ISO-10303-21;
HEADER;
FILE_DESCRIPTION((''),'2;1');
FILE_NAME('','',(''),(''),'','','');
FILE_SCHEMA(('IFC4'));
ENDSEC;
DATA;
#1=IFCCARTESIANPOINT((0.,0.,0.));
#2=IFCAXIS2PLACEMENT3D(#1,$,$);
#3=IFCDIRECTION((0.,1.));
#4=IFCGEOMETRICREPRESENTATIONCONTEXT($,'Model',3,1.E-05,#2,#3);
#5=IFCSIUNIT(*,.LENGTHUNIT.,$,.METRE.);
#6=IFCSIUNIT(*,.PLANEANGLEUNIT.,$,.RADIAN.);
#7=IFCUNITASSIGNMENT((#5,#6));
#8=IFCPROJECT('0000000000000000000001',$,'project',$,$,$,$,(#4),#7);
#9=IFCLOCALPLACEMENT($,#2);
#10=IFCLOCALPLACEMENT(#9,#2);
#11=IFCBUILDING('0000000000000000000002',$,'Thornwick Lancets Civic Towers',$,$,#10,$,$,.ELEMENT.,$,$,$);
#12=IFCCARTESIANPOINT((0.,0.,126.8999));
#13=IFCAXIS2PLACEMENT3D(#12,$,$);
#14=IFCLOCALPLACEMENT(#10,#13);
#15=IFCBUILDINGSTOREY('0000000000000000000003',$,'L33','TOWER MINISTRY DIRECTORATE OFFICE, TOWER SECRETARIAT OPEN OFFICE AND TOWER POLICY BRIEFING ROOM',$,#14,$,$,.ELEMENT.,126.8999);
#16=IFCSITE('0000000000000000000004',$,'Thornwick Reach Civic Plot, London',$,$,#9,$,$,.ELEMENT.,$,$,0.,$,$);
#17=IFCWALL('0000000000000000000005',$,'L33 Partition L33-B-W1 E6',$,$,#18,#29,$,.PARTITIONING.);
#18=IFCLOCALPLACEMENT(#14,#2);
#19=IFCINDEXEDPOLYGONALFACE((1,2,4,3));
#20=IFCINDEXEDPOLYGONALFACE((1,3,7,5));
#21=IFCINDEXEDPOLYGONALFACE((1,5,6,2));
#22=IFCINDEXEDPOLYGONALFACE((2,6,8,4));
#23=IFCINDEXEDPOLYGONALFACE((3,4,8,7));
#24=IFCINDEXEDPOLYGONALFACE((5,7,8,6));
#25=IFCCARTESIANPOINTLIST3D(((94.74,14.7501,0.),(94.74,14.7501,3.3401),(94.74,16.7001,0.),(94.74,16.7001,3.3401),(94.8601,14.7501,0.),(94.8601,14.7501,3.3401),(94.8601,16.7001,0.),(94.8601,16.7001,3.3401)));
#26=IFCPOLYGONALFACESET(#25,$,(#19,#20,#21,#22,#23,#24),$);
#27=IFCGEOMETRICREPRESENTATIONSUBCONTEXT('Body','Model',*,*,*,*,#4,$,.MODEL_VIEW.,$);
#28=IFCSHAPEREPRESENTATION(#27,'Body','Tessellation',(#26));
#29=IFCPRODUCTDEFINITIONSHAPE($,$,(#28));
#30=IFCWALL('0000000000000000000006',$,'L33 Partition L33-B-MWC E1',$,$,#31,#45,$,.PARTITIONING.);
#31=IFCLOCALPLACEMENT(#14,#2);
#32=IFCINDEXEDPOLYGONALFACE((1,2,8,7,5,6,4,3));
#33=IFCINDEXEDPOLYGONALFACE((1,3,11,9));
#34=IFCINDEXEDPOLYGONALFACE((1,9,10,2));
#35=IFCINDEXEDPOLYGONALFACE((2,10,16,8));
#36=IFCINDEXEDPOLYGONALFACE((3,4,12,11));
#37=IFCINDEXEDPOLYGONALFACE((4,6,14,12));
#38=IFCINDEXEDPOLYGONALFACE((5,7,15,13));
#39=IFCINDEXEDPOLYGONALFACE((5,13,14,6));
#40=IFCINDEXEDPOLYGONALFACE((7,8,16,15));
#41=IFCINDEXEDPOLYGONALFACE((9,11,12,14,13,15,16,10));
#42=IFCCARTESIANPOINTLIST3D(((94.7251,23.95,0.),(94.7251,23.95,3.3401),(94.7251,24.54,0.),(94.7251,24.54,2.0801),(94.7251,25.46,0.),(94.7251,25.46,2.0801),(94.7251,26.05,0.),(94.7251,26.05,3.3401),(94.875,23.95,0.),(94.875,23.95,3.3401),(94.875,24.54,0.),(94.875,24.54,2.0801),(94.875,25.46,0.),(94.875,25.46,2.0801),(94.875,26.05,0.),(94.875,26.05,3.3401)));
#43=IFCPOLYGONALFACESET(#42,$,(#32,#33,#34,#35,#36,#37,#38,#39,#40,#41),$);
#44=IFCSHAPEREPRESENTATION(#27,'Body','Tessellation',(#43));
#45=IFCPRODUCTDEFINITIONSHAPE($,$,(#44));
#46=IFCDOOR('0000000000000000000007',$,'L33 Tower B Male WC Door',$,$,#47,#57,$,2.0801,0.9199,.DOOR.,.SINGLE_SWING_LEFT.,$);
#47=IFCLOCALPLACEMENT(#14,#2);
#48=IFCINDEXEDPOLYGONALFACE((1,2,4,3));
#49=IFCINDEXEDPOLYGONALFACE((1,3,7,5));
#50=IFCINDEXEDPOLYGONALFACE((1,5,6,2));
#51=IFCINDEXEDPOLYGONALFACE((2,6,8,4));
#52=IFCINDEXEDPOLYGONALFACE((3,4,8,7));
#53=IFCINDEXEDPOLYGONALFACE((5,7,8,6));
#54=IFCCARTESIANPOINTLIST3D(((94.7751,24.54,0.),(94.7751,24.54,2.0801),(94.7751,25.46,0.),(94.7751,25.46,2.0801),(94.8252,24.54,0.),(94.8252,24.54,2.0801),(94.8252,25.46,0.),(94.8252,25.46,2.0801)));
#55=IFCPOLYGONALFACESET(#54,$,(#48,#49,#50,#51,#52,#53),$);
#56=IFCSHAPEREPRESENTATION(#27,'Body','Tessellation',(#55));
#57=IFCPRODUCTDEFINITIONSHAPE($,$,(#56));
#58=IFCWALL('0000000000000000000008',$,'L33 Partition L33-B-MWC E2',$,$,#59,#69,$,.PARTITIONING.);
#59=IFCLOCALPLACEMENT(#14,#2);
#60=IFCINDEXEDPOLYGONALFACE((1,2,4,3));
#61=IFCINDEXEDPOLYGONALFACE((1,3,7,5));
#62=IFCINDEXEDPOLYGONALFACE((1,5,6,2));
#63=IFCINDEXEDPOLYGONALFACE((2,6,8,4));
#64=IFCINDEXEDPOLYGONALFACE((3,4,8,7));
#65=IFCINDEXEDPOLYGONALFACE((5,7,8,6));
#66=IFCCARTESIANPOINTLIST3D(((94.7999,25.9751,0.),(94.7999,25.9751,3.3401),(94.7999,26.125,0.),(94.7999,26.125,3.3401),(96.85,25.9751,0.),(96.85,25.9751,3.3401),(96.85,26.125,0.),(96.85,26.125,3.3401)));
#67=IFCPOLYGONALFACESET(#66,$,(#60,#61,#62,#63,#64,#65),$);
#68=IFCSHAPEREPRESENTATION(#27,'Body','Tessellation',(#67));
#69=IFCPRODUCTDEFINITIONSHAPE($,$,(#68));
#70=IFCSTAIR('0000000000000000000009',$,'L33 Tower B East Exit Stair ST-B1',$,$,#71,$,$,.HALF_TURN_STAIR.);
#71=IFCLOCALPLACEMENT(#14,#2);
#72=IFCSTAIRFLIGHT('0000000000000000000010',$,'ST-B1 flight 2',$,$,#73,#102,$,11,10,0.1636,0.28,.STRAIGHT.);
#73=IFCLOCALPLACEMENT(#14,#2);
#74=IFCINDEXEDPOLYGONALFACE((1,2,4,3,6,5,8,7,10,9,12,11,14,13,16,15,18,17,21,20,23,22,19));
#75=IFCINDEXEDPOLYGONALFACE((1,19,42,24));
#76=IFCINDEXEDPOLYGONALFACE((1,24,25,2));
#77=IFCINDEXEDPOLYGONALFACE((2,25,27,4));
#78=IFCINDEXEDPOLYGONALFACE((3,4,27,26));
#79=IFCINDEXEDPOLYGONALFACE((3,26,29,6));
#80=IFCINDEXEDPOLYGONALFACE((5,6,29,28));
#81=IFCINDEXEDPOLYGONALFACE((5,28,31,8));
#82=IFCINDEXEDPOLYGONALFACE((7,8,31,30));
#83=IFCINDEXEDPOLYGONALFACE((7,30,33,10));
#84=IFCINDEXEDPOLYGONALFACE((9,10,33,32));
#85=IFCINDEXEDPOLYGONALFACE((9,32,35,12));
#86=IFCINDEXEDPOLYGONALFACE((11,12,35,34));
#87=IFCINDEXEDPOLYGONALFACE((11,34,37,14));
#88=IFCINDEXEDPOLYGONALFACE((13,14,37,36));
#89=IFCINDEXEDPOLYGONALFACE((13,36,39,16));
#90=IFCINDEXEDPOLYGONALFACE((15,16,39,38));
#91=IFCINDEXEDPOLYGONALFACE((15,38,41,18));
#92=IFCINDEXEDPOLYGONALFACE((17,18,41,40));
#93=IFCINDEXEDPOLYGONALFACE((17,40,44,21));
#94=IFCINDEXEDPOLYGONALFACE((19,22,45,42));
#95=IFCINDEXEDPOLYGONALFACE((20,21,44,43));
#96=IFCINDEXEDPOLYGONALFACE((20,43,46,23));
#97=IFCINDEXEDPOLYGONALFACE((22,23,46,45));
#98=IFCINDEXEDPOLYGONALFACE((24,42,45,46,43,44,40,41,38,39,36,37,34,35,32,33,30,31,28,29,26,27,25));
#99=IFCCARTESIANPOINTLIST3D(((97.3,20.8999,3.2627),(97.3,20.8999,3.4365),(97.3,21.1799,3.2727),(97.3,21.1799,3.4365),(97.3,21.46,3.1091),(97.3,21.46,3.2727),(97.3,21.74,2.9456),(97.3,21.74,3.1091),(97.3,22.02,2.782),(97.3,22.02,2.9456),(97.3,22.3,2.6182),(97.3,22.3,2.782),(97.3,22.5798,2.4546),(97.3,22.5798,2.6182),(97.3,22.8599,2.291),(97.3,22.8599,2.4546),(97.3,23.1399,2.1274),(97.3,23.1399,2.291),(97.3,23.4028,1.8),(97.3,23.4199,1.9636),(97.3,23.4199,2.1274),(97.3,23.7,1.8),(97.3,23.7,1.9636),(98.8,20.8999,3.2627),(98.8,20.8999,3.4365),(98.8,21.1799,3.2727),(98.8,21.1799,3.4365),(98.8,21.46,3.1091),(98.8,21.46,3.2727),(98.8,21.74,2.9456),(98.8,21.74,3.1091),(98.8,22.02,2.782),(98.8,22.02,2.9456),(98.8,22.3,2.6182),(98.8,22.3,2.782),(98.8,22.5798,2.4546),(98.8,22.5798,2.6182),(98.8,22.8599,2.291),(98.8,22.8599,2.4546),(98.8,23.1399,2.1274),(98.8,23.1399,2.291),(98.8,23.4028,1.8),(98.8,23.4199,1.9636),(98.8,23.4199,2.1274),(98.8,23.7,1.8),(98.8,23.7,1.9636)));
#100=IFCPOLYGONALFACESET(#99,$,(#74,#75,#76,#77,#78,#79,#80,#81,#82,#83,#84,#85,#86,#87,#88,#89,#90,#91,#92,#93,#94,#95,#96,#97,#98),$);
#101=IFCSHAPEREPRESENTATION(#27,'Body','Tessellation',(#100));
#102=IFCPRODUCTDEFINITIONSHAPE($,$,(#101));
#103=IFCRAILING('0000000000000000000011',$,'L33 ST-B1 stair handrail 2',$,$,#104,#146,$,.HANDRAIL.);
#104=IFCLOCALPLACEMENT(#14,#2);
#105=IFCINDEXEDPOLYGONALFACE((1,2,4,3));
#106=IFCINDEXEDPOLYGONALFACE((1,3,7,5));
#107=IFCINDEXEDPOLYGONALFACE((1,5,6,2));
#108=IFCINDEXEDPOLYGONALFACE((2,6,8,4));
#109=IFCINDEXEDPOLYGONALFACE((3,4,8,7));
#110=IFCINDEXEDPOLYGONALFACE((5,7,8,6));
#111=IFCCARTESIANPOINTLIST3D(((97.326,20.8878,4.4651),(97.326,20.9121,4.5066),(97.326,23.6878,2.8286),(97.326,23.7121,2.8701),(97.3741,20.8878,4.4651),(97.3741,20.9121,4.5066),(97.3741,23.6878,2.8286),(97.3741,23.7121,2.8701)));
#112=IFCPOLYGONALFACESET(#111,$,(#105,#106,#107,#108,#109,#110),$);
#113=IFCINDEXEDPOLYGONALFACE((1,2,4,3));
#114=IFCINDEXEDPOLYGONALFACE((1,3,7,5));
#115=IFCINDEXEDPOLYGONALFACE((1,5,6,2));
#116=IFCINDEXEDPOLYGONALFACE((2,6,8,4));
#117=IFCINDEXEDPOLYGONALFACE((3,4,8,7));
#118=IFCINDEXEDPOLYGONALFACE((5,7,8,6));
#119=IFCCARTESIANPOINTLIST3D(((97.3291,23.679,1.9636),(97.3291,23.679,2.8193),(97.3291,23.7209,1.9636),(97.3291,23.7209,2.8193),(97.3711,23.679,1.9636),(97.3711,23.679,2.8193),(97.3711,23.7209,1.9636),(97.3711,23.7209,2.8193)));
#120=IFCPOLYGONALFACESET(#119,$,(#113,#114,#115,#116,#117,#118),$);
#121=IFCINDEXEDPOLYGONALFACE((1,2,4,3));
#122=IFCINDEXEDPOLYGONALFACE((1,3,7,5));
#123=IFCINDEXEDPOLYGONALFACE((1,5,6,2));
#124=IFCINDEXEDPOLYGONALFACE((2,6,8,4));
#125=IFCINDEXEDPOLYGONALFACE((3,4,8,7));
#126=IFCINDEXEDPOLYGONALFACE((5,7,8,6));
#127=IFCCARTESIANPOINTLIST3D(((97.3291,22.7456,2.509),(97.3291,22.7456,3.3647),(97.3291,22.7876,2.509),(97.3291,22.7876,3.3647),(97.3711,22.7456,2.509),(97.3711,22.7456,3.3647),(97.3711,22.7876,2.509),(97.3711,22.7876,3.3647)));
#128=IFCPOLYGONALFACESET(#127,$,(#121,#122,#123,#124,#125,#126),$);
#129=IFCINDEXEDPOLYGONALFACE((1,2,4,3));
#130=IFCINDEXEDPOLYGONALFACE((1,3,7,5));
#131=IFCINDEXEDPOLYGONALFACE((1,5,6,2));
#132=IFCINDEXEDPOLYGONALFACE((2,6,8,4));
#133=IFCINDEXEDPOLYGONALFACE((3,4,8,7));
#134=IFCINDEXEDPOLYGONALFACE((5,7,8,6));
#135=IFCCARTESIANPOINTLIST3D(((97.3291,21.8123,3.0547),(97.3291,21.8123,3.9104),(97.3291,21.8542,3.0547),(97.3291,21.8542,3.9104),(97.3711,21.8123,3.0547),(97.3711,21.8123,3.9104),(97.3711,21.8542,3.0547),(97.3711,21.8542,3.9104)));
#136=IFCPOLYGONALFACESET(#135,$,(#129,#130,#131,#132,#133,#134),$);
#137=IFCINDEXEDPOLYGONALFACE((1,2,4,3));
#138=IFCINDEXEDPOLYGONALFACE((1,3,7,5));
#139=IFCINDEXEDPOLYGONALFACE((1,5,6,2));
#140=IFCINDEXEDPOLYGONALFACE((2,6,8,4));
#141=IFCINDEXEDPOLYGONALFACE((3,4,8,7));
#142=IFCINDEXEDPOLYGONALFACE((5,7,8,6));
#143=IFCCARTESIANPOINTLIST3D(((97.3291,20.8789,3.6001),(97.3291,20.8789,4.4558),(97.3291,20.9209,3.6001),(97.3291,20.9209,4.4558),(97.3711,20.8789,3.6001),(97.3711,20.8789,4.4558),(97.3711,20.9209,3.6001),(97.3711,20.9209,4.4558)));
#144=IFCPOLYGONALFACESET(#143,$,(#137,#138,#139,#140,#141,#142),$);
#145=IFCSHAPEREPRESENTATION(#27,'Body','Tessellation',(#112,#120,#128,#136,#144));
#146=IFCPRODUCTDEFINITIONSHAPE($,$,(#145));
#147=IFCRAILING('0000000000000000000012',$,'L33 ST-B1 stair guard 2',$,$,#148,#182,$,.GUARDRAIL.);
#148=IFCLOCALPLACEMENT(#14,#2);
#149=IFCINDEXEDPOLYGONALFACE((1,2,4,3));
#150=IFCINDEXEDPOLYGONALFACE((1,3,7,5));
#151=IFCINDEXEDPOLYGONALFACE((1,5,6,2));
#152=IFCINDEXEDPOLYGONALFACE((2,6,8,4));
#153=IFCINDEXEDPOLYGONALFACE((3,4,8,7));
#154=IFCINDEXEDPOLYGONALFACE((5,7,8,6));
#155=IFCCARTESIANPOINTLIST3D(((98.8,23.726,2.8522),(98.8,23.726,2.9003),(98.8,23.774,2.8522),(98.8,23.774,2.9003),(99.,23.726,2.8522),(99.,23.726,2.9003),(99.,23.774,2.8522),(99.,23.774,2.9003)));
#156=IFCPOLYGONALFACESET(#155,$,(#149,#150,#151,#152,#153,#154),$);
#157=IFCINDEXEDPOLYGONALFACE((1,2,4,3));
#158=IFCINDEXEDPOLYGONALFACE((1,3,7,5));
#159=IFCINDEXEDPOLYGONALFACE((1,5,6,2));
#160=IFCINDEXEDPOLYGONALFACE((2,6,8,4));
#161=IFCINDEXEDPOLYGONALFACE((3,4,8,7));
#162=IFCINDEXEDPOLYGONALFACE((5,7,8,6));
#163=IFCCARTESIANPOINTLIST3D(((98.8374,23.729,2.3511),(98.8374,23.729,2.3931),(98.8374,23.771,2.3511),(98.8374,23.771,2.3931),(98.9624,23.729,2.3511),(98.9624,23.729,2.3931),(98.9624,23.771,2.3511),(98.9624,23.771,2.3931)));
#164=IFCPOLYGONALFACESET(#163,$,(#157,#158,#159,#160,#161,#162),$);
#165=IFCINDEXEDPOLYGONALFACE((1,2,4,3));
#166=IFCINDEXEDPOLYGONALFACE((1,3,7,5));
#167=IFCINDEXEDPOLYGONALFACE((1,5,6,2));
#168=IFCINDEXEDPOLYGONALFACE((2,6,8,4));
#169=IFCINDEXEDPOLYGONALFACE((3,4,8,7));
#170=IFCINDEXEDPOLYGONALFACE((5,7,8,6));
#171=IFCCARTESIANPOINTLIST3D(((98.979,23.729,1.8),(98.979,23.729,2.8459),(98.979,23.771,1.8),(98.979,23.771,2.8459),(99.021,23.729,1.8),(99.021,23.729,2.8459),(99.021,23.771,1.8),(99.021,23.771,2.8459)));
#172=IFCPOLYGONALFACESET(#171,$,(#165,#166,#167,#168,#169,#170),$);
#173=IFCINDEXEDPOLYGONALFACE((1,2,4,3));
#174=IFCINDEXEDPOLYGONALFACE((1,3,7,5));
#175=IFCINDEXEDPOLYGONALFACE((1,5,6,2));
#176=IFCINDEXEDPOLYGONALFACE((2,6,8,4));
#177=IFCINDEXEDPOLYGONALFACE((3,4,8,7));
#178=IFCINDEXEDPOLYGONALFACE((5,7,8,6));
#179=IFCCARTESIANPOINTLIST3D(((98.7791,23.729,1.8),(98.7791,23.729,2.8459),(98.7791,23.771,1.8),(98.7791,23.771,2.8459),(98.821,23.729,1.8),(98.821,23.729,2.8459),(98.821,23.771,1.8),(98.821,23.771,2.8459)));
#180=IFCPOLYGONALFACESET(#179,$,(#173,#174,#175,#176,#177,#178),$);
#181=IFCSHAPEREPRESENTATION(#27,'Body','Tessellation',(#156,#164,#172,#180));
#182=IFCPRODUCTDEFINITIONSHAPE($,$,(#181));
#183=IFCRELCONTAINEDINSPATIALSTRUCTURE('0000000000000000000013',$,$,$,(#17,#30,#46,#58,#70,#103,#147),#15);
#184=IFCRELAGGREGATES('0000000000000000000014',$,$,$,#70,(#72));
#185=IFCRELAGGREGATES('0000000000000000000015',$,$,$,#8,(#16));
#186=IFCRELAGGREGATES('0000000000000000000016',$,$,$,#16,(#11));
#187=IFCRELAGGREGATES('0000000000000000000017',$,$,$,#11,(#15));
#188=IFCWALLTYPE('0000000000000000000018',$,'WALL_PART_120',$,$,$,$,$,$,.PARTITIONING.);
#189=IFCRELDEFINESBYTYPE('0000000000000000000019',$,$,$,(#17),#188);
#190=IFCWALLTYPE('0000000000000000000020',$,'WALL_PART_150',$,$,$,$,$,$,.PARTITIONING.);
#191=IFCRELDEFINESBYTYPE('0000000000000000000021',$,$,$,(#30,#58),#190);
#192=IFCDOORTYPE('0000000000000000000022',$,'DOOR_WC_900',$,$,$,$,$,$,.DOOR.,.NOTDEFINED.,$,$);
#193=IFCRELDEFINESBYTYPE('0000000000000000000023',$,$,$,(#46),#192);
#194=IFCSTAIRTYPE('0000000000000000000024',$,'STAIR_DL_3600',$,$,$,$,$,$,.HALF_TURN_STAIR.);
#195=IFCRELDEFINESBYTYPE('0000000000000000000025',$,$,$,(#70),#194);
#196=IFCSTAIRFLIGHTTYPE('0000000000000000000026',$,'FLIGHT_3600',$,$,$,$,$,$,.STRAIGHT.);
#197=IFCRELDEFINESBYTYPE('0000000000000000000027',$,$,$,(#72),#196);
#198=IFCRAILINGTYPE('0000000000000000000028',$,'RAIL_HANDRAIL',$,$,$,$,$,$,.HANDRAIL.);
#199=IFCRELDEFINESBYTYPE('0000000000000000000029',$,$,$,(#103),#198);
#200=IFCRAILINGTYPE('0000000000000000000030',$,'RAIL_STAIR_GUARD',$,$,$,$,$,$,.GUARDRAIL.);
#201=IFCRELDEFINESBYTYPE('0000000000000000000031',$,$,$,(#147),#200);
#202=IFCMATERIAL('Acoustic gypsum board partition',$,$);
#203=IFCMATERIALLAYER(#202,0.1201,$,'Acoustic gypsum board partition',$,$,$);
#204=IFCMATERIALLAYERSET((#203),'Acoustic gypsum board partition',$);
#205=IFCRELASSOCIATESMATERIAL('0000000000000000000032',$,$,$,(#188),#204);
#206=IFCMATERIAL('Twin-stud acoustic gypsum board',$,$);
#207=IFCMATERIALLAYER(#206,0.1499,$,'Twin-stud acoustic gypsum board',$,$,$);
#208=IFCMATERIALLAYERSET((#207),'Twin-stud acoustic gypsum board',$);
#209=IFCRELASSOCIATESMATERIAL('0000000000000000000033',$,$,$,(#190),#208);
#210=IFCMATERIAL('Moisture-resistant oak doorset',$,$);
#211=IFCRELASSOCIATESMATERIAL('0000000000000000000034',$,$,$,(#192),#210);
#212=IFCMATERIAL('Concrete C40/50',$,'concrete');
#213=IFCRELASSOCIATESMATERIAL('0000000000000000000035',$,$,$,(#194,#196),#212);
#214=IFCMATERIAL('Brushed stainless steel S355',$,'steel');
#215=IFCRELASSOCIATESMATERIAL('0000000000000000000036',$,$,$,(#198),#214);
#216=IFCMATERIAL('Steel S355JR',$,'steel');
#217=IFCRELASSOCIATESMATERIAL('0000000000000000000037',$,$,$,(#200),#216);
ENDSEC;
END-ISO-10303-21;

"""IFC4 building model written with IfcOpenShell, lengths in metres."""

from ifc_helpers import new_model, si_unit, direction, frame, frame_2d, origin, origin_2d, place, context, subcontext, project, spatial, polyline, rectangle, outline, extrude, material, layer, layer_set, type_object, element, fill, aggregate, save


model = new_model("IFC4")

# Units and contexts
model_context = context("Model", 3, precision=1e-05, world=origin(), true_north=direction((0.0, 1.0)))
body_context = subcontext(model_context, "Body", "Model", "MODEL_VIEW")
ifc_project = project(units=[si_unit("LENGTHUNIT", "METRE"), si_unit("PLANEANGLEUNIT", "RADIAN")], contexts=[model_context])

# Site, building, storey
site_placement = place(None, origin())
site = spatial("IfcSite", under=ifc_project, at=site_placement, Name="Thornwick Reach Civic Plot, London", CompositionType="ELEMENT", RefElevation=0.0)
building_placement = place(site_placement, origin())
building = spatial("IfcBuilding", under=site, at=building_placement, Name="Thornwick Lancets Civic Towers", CompositionType="ELEMENT")
storey_placement = place(building_placement, frame((0.0, 0.0, 126.8999)))
storey = spatial("IfcBuildingStorey", under=building, at=storey_placement, Name="L33", Description="TOWER MINISTRY DIRECTORATE OFFICE, TOWER SECRETARIAT OPEN OFFICE AND TOWER POLICY BRIEFING ROOM", CompositionType="ELEMENT", Elevation=126.8999)

# Shared definitions
ifc_material_1 = material(Name="Steel S355JR", Category="steel")

# Shared definitions
ifc_material_2 = material(Name="Acoustic gypsum board partition")
ifc_layer_1 = layer(ifc_material_2, 0.1201, Name="Acoustic gypsum board partition")
ifc_layer_set_1 = layer_set([ifc_layer_1], Name="Acoustic gypsum board partition")
wall_type_1 = type_object("IfcWallType", Name="WALL_PART_120", PredefinedType="PARTITIONING", material=ifc_layer_set_1)

# Wall
wall_1_placement = place(storey_placement, frame((94.8, 14.75, 0.0), z_axis=(0.0, 0.0, 1.0), x_axis=(0.0, 1.0, 0.0)))
element("IfcWall", 1, at=wall_1_placement, inside=storey, type_object=wall_type_1, Name="L33 Partition L33-B-W1 E6", PredefinedType="PARTITIONING", context=body_context, shape_type="SweptSolid", body=[
    extrude(rectangle(XDim=1.95, YDim=0.1201, at=frame_2d((0.9751, 0.0))), origin(), (0.0, 0.0, 1.0), 3.3401),
])

# Wall, opening, door
ifc_material_3 = material(Name="Twin-stud acoustic gypsum board")
ifc_layer_2 = layer(ifc_material_3, 0.1499, Name="Twin-stud acoustic gypsum board")
ifc_layer_set_2 = layer_set([ifc_layer_2], Name="Twin-stud acoustic gypsum board")
wall_type_2 = type_object("IfcWallType", Name="WALL_PART_150", PredefinedType="PARTITIONING", material=ifc_layer_set_2)
wall_2_placement = place(storey_placement, frame((94.8, 23.95, 0.0), z_axis=(0.0, 0.0, 1.0), x_axis=(0.0, 1.0, 0.0)))
wall_2 = element("IfcWall", 2, at=wall_2_placement, inside=storey, type_object=wall_type_2, Name="L33 Partition L33-B-MWC E1", PredefinedType="PARTITIONING", context=body_context, shape_type="SweptSolid", body=[
    extrude(rectangle(XDim=2.1001, YDim=0.1499, at=frame_2d((1.05, 0.0))), origin(), (0.0, 0.0, 1.0), 3.3401),
])
opening_1_placement = place(wall_2_placement, frame((0.5901, 0.0, 0.0)))
opening_1 = element("IfcOpeningElement", 3, at=opening_1_placement, cuts=wall_2, PredefinedType="OPENING", context=body_context, shape_type="SweptSolid", body=[
    extrude(rectangle(XDim=0.9199, YDim=2.0801, at=frame_2d((0.46, 1.04))), frame((0.0, 0.085, 0.0), z_axis=(0.0, -1.0, 0.0), x_axis=(1.0, 0.0, 0.0)), (0.0, 0.0, 1.0), 0.1699),
])
ifc_material_4 = material(Name="Moisture-resistant oak doorset")
door_type_1 = type_object("IfcDoorType", Name="DOOR_WC_900", OperationType="NOTDEFINED", PredefinedType="DOOR", material=ifc_material_4)
door_1_placement = place(opening_1_placement, origin())
door_1 = element("IfcDoor", 4, at=door_1_placement, inside=storey, type_object=door_type_1, Name="L33 Tower B Male WC Door", OperationType="SINGLE_SWING_LEFT", OverallHeight=2.0801, OverallWidth=0.9199, PredefinedType="DOOR", context=body_context, shape_type="SweptSolid", body=[
    extrude(rectangle(XDim=0.9199, YDim=2.0801, at=frame_2d((0.46, 1.04))), frame((0.0, 0.0249, 0.0), z_axis=(0.0, -1.0, 0.0), x_axis=(1.0, 0.0, 0.0)), (0.0, 0.0, 1.0), 0.05),
])
fill(opening_1, door_1)

# Wall
wall_3_placement = place(storey_placement, frame((94.8, 26.05, 0.0), z_axis=(0.0, 0.0, 1.0), x_axis=(1.0, 0.0, 0.0)))
element("IfcWall", 5, at=wall_3_placement, inside=storey, type_object=wall_type_2, Name="L33 Partition L33-B-MWC E2", PredefinedType="PARTITIONING", context=body_context, shape_type="SweptSolid", body=[
    extrude(rectangle(XDim=2.05, YDim=0.1499, at=frame_2d((1.0249, 0.0))), origin(), (0.0, 0.0, 1.0), 3.3401),
])

# Stair, stair flight
ifc_material_5 = material(Name="Concrete C40/50", Category="concrete")
stair_type = type_object("IfcStairType", Name="STAIR_DL_3600", PredefinedType="HALF_TURN_STAIR", material=ifc_material_5)
stair_placement = place(storey_placement, origin())
stair = element("IfcStair", 6, at=stair_placement, inside=storey, type_object=stair_type, Name="L33 Tower B East Exit Stair ST-B1", PredefinedType="HALF_TURN_STAIR")
stair_flight_type = type_object("IfcStairFlightType", Name="FLIGHT_3600", PredefinedType="STRAIGHT", material=ifc_material_5)
stair_flight_placement = place(storey_placement, frame((98.05, 23.7, 1.8), z_axis=(0.0, 0.0, 1.0), x_axis=(0.0, -1.0, 0.0)))
stair_flight = element("IfcStairFlight", 7, at=stair_flight_placement, type_object=stair_flight_type, Name="ST-B1 flight 2", NumberOfRisers=11, NumberOfTreads=10, PredefinedType="STRAIGHT", RiserHeight=0.1636, TreadLength=0.28, context=body_context, shape_type="SweptSolid", body=[
    extrude(outline(polyline([(0.0, 0.0), (0.0, 0.1636), (0.28, 0.1636), (0.28, 0.3274), (0.5601, 0.3274), (0.5601, 0.491), (0.8401, 0.491), (0.8401, 0.6545), (1.1201, 0.6545), (1.1201, 0.8181), (1.3999, 0.8181), (1.3999, 0.9819), (1.6799, 0.9819), (1.6799, 1.1455), (1.96, 1.1455), (1.96, 1.3091), (2.24, 1.3091), (2.24, 1.4727), (2.52, 1.4727), (2.52, 1.6365), (2.8, 1.6365), (2.8, 1.8), (2.8, 1.4626), (0.2971, 0.0), (0.0, 0.0)])), frame((0.0, 0.75, 0.0), z_axis=(0.0, -1.0, 0.0), x_axis=(1.0, 0.0, 0.0)), (0.0, 0.0, 1.0), 1.5),
])
aggregate(stair, [stair_flight])

# Railings
ifc_material_6 = material(Name="Brushed stainless steel S355", Category="steel")
railing_type_1 = type_object("IfcRailingType", Name="RAIL_HANDRAIL", PredefinedType="HANDRAIL", material=ifc_material_6)
railing_1_placement = place(storey_placement, frame((97.3501, 23.7, 1.9636)))
element("IfcRailing", 8, at=railing_1_placement, inside=storey, type_object=railing_type_1, Name="L33 ST-B1 stair handrail 2", PredefinedType="HANDRAIL", context=body_context, shape_type="SweptSolid", body=[
    extrude(rectangle(XDim=0.0481, YDim=0.0481, at=origin_2d()), frame((0.0, 0.0, 0.8857), z_axis=(0.0, -0.863361, 0.504587), x_axis=(1.0, 0.0, 0.0)), (0.0, 0.0, 1.0), 3.2432),
    extrude(rectangle(XDim=0.042, YDim=0.042, at=origin_2d()), origin(), (0.0, 0.0, 1.0), 0.8557),
    extrude(rectangle(XDim=0.042, YDim=0.042, at=origin_2d()), frame((0.0, -0.9333, 0.5454)), (0.0, 0.0, 1.0), 0.8557),
    extrude(rectangle(XDim=0.042, YDim=0.042, at=origin_2d()), frame((0.0, -1.8667, 1.0911)), (0.0, 0.0, 1.0), 0.8557),
    extrude(rectangle(XDim=0.042, YDim=0.042, at=origin_2d()), frame((0.0, -2.8, 1.6365)), (0.0, 0.0, 1.0), 0.8557),
])
railing_type_2 = type_object("IfcRailingType", Name="RAIL_STAIR_GUARD", PredefinedType="GUARDRAIL", material=ifc_material_1)
railing_2_placement = place(storey_placement, frame((99.0, 23.75, 1.8)))
element("IfcRailing", 9, at=railing_2_placement, inside=storey, type_object=railing_type_2, Name="L33 ST-B1 stair guard 2", PredefinedType="GUARDRAIL", context=body_context, shape_type="SweptSolid", body=[
    extrude(rectangle(XDim=0.0481, YDim=0.0481, at=origin_2d()), frame((0.0, 0.0, 1.0762), z_axis=(-1.0, 0.0, 0.0), x_axis=(0.0, -1.0, 0.0)), (0.0, 0.0, 1.0), 0.2),
    extrude(rectangle(XDim=0.042, YDim=0.042, at=origin_2d()), frame((-0.0376, 0.0, 0.572), z_axis=(-1.0, 0.0, 0.0), x_axis=(0.0, -1.0, 0.0)), (0.0, 0.0, 1.0), 0.125),
    extrude(rectangle(XDim=0.042, YDim=0.042, at=origin_2d()), origin(), (0.0, 0.0, 1.0), 1.0459),
    extrude(rectangle(XDim=0.042, YDim=0.042, at=origin_2d()), frame((-0.2, 0.0, 0.0)), (0.0, 0.0, 1.0), 1.0459),
])

save(model, "model.ifc")
